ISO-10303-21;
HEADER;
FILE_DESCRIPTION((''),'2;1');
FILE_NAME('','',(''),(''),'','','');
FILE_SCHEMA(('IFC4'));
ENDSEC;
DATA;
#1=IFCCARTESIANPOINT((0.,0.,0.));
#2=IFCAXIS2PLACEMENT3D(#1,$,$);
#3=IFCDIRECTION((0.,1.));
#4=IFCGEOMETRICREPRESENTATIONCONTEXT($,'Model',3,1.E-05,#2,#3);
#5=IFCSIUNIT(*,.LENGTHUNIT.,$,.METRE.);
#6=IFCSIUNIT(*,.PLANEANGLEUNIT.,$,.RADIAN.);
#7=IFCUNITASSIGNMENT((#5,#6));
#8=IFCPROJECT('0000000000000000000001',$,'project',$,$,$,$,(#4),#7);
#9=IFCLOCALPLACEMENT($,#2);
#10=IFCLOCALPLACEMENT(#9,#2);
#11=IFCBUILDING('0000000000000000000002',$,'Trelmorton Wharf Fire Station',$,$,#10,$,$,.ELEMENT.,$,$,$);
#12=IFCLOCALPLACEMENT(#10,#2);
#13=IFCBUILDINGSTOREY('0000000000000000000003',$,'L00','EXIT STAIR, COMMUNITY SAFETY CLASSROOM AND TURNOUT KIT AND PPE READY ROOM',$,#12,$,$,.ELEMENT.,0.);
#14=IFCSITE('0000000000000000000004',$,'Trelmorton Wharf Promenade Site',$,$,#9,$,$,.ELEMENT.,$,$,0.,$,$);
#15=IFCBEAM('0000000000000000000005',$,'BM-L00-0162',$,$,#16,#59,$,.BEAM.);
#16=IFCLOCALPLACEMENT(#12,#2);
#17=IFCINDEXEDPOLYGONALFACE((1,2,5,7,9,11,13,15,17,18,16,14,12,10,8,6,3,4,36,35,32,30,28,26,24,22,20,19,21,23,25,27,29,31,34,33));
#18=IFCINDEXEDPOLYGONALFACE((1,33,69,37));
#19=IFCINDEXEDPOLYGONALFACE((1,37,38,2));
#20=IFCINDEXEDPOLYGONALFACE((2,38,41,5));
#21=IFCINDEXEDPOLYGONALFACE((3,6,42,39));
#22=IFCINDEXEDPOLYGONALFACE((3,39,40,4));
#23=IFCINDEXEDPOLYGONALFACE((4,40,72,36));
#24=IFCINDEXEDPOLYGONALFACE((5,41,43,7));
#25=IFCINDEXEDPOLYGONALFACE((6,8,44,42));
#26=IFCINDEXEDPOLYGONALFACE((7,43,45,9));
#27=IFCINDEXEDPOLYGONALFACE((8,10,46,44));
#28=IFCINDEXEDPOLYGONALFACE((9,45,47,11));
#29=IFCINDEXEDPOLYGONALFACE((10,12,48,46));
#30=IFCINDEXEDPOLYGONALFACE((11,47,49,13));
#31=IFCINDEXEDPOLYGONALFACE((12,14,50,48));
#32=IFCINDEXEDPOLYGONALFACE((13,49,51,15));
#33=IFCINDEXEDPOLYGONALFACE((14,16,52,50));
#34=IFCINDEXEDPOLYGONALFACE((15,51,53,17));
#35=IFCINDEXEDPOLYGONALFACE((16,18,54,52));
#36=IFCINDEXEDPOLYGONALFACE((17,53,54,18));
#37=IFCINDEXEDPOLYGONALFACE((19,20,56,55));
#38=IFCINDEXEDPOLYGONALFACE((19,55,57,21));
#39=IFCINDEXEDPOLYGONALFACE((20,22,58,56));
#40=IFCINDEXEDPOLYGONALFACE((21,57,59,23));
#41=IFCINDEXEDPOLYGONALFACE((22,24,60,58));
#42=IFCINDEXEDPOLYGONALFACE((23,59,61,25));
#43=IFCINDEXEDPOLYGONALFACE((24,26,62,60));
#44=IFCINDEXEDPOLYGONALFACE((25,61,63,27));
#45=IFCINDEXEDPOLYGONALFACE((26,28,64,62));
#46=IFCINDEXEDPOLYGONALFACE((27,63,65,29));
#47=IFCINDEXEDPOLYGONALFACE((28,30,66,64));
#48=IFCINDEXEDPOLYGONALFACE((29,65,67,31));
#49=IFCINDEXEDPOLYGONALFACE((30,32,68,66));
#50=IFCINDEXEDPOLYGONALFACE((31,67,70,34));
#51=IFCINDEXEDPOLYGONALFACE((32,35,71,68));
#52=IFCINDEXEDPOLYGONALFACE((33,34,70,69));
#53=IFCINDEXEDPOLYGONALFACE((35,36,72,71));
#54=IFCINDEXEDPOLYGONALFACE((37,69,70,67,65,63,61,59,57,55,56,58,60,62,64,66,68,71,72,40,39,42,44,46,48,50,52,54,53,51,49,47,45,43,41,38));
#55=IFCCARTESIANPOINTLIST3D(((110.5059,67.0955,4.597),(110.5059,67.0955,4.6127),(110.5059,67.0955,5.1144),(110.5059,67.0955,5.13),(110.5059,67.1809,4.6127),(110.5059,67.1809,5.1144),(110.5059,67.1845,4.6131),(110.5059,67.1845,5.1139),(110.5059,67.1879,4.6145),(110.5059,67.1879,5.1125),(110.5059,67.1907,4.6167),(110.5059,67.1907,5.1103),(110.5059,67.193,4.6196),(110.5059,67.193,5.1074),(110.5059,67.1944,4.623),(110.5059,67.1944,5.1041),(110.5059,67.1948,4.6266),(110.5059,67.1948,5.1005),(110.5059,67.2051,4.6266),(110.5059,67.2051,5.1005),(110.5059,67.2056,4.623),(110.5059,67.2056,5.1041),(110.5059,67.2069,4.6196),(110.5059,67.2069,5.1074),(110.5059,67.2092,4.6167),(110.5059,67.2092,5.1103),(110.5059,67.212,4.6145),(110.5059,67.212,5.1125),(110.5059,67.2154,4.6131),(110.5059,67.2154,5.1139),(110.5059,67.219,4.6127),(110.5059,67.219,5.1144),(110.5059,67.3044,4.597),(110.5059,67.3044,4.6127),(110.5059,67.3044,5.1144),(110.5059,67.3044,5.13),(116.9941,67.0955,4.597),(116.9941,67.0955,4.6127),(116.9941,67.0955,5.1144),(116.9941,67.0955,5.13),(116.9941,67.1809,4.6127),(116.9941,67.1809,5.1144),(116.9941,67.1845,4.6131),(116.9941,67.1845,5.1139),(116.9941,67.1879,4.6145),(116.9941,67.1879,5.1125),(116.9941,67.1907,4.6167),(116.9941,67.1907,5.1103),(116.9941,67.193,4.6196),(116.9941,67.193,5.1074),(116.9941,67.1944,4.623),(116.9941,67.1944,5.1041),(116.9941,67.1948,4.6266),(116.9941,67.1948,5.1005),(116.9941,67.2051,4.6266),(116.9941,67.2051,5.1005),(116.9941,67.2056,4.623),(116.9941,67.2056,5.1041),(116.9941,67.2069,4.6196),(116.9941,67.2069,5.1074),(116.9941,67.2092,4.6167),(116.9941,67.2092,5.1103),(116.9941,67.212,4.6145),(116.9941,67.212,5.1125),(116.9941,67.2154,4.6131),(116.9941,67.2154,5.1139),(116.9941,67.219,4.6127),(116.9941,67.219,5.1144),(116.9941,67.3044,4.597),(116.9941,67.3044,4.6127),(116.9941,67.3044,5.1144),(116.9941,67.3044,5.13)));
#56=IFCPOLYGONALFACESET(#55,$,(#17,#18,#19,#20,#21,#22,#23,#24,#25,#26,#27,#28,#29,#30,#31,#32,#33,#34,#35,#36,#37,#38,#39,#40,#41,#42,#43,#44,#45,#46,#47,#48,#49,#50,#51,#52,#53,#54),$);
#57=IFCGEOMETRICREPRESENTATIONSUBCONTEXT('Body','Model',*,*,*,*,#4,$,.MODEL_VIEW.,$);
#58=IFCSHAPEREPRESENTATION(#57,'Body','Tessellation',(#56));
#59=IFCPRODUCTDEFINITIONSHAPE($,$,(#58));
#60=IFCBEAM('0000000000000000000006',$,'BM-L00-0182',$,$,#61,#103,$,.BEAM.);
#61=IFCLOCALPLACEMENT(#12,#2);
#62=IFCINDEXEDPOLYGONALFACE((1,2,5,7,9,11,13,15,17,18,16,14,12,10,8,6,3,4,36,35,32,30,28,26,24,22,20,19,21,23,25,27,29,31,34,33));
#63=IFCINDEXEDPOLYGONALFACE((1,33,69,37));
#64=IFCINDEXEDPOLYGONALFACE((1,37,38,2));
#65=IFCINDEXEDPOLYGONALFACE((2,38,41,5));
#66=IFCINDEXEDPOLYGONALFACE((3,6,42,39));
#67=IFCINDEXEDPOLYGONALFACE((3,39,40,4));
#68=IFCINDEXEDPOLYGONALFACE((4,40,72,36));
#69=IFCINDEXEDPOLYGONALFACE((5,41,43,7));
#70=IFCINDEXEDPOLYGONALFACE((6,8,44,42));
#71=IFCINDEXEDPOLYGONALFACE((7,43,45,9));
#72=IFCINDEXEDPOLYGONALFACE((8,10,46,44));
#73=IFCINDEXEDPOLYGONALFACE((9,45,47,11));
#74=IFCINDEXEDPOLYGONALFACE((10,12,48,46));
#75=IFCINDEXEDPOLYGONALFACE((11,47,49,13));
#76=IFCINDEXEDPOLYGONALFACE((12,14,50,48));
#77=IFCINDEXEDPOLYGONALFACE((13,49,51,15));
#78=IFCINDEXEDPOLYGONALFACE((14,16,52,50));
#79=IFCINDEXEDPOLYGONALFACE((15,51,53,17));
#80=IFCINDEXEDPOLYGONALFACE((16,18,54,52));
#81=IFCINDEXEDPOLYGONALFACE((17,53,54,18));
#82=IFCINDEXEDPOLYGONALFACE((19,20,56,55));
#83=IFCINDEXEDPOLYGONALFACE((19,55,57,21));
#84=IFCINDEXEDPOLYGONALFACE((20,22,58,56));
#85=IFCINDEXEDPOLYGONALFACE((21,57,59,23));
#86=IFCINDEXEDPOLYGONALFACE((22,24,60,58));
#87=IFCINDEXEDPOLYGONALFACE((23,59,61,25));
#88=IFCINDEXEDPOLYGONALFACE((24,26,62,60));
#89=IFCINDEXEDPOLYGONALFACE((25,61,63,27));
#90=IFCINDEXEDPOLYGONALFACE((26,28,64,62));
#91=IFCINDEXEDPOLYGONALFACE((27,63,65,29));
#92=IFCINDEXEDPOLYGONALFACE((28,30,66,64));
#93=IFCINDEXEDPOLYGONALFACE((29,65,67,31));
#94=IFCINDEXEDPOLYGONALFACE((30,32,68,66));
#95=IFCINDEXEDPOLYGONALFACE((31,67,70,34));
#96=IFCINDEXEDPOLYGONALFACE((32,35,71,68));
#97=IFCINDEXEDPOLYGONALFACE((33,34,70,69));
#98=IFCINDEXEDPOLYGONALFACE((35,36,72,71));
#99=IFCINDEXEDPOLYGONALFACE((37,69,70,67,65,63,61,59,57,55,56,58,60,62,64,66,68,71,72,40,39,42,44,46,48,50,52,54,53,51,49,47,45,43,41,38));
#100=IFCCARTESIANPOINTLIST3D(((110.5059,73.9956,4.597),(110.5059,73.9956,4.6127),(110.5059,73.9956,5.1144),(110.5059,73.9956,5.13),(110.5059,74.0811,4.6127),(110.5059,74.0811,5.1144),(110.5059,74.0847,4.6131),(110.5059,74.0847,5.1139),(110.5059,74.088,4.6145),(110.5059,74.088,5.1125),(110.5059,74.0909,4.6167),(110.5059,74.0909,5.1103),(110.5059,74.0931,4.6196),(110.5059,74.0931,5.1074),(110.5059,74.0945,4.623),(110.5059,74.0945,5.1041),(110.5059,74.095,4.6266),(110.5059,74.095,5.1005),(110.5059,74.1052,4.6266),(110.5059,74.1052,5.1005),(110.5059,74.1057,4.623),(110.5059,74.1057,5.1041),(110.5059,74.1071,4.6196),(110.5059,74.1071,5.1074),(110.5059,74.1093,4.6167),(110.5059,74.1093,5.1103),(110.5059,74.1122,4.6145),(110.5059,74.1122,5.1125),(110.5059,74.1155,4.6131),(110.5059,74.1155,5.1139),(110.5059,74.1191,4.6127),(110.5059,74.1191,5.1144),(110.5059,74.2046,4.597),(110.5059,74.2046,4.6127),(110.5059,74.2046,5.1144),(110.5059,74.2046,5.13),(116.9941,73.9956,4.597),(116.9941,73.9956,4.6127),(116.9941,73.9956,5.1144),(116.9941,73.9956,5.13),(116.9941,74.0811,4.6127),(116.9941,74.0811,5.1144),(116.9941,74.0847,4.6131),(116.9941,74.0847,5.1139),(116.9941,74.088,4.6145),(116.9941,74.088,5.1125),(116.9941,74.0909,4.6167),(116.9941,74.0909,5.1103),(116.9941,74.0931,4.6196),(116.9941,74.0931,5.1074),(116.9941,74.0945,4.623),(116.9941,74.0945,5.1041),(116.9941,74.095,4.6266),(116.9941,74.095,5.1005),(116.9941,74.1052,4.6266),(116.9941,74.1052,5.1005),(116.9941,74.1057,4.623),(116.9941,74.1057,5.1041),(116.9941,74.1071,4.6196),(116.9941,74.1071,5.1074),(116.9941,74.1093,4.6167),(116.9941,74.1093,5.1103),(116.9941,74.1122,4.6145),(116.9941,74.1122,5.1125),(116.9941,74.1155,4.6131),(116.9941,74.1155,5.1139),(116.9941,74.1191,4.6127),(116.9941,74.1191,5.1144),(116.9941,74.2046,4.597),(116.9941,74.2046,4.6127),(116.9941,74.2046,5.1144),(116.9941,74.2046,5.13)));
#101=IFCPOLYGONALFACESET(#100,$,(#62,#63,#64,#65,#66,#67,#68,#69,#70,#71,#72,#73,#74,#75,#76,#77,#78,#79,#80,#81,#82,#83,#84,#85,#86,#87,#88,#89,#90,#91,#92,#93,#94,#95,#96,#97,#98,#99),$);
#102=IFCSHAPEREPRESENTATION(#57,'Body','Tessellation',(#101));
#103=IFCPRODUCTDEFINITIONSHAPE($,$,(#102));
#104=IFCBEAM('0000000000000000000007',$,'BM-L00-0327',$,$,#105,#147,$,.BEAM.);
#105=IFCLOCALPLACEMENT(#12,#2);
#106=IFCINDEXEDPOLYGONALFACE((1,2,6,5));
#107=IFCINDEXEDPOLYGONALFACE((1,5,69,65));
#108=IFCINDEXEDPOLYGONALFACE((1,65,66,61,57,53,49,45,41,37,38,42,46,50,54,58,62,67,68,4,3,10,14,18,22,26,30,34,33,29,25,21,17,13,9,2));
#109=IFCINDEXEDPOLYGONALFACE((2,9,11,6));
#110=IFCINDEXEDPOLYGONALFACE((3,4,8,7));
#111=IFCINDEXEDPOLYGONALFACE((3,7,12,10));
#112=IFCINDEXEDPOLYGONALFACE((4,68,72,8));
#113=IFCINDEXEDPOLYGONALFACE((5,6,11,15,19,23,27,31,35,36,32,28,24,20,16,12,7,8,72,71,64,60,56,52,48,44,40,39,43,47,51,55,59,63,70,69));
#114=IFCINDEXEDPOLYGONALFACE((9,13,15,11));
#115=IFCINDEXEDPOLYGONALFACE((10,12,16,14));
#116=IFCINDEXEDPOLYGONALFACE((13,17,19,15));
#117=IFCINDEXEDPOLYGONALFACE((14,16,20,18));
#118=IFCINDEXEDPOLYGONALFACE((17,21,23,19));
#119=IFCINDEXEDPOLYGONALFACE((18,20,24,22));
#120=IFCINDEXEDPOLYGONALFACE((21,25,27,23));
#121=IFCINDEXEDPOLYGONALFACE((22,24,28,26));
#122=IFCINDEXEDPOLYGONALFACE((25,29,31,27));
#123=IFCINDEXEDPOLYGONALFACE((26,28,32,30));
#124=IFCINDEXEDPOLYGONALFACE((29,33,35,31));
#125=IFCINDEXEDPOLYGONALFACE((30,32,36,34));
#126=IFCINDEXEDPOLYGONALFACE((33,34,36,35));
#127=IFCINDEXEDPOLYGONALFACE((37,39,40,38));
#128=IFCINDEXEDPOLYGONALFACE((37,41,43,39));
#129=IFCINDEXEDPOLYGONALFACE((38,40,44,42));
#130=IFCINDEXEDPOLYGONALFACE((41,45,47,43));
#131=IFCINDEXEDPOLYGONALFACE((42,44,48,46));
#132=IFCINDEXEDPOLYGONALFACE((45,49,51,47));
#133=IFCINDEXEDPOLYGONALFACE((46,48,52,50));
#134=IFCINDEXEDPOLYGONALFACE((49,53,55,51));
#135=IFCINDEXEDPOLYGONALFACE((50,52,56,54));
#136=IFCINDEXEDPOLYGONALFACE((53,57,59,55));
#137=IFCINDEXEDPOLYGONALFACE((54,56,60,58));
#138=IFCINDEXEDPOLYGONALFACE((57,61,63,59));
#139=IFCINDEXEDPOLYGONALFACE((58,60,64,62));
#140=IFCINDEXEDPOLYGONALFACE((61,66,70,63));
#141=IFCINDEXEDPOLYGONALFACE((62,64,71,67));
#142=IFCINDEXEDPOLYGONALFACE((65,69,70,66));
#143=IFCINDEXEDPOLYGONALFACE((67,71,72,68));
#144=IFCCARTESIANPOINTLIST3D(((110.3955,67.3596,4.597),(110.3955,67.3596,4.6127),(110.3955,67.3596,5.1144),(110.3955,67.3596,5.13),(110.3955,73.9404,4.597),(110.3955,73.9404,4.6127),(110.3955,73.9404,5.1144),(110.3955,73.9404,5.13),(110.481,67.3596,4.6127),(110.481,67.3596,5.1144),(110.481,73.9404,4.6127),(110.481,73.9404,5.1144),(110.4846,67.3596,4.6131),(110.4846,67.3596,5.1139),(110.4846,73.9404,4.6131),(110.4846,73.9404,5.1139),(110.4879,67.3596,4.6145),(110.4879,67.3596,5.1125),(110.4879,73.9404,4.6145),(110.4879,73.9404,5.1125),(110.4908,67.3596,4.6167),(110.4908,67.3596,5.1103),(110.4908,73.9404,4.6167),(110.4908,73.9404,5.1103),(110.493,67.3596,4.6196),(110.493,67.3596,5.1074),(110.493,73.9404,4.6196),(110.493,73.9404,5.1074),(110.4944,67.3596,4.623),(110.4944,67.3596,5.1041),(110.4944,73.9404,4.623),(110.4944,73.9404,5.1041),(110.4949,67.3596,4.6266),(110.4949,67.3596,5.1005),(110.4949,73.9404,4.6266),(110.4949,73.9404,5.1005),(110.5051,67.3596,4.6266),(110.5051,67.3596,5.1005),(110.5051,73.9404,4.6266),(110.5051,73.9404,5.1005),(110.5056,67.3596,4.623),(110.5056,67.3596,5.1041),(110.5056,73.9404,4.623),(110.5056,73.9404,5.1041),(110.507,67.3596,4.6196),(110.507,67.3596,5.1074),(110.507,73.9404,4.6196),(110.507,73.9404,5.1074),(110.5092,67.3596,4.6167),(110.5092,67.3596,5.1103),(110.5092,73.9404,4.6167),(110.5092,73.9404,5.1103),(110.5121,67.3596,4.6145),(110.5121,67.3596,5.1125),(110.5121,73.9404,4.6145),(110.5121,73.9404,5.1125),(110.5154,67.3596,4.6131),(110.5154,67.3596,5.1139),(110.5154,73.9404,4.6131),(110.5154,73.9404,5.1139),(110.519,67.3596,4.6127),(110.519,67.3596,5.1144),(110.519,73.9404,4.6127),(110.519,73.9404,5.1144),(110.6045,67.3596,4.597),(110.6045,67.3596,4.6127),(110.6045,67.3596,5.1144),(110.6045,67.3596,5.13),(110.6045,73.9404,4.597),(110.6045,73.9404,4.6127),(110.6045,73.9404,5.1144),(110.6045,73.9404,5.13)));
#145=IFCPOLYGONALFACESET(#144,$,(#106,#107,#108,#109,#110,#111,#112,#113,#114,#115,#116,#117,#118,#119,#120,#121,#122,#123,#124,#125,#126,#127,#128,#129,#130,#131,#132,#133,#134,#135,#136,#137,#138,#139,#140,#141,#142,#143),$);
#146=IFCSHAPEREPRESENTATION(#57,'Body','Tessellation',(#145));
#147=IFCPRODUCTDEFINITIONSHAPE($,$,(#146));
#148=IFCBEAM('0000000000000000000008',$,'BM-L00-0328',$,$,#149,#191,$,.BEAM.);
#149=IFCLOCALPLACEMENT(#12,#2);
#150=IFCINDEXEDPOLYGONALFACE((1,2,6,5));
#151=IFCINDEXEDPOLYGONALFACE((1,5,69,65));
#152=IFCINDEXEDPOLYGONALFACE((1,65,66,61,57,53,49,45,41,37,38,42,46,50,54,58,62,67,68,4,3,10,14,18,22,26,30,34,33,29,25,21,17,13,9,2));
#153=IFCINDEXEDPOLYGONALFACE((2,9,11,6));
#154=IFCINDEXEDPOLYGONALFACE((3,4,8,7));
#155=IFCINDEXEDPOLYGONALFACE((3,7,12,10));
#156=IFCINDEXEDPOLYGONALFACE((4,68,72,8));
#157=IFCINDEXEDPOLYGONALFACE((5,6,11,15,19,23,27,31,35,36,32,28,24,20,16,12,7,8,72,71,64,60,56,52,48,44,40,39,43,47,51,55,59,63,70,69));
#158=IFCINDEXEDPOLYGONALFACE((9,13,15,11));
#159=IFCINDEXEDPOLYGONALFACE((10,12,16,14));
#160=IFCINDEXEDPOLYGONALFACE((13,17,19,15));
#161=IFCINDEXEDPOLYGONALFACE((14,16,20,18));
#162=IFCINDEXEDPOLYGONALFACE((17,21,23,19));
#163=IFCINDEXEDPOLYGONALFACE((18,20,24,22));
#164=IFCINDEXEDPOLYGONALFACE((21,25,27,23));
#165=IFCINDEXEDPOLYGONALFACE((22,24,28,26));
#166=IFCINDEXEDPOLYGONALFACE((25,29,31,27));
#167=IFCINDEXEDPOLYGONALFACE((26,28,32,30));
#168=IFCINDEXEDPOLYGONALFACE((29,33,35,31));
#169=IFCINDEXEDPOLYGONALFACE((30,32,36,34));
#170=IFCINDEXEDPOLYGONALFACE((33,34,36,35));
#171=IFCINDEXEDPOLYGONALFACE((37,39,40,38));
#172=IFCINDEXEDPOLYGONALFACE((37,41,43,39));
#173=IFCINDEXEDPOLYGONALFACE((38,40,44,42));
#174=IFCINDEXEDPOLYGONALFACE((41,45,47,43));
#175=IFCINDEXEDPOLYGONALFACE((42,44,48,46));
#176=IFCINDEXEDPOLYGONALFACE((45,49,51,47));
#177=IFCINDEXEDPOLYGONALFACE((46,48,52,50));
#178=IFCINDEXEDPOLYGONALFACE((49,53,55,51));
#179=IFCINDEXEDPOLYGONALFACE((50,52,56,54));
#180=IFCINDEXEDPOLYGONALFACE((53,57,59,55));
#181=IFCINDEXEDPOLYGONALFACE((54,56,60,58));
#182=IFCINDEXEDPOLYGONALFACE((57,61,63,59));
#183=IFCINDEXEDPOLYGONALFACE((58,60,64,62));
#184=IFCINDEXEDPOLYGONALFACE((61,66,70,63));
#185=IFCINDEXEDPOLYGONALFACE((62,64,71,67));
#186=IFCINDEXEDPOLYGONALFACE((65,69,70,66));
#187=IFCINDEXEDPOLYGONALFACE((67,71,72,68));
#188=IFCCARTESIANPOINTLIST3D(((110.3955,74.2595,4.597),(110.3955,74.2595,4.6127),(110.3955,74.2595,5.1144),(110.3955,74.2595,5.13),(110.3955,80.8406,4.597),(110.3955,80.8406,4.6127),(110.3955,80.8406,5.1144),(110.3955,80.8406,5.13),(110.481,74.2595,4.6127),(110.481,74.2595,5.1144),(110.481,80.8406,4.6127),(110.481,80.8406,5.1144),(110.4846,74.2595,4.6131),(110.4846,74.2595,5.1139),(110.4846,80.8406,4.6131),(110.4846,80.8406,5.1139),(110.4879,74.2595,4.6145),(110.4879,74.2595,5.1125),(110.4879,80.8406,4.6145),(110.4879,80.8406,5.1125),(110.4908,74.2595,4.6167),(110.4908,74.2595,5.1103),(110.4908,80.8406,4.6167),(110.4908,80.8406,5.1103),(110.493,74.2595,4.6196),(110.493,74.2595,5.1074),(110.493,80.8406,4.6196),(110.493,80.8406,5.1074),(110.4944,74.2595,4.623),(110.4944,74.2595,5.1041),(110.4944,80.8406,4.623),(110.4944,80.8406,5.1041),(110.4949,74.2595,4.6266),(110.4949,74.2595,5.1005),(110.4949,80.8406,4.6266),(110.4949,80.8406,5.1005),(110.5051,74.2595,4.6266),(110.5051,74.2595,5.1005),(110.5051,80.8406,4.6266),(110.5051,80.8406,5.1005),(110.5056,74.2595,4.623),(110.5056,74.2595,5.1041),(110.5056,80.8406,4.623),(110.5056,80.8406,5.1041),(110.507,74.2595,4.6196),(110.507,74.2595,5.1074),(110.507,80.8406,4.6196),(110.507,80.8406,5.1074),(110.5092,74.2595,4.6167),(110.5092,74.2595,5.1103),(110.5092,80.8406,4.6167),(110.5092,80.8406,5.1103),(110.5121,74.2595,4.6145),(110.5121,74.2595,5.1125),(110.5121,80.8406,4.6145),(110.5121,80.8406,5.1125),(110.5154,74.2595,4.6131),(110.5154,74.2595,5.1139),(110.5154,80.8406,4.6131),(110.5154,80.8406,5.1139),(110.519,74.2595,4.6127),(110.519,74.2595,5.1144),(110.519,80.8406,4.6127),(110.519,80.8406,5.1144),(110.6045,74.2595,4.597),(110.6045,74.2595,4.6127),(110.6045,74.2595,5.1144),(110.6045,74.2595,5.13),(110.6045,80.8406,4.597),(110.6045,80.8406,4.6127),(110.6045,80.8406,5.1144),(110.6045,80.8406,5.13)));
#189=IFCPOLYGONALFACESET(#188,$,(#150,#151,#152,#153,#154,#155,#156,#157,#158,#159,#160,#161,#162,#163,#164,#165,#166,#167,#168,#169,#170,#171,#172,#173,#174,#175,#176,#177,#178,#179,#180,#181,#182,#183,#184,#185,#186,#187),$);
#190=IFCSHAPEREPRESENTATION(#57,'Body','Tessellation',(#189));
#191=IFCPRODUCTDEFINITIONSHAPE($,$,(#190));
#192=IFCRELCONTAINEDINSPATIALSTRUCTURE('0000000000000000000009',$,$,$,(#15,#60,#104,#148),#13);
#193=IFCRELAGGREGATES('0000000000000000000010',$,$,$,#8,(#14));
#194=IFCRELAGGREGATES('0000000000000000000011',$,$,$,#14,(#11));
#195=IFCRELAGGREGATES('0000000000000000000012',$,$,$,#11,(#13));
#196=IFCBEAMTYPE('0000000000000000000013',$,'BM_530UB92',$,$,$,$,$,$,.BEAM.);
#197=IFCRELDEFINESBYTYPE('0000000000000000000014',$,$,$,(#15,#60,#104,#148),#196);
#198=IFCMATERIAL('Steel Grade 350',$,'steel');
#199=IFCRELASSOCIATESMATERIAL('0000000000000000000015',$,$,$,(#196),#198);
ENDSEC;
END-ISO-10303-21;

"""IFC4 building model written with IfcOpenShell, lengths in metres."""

from ifc_helpers import new_model, si_unit, direction, frame, origin, origin_2d, place, context, subcontext, project, spatial, i_section, extrude, material, material_profile, profile_set, type_object, element, save


model = new_model("IFC4")

# Units and contexts
model_context = context("Model", 3, precision=1e-05, world=origin(), true_north=direction((0.0, 1.0)))
body_context = subcontext(model_context, "Body", "Model", "MODEL_VIEW")
ifc_project = project(units=[si_unit("LENGTHUNIT", "METRE"), si_unit("PLANEANGLEUNIT", "RADIAN")], contexts=[model_context])

# Site, building, storey
site_placement = place(None, origin())
site = spatial("IfcSite", under=ifc_project, at=site_placement, Name="Trelmorton Wharf Promenade Site", CompositionType="ELEMENT", RefElevation=0.0)
building_placement = place(site_placement, origin())
building = spatial("IfcBuilding", under=site, at=building_placement, Name="Trelmorton Wharf Fire Station", CompositionType="ELEMENT")
storey_placement = place(building_placement, origin())
storey = spatial("IfcBuildingStorey", under=building, at=storey_placement, Name="L00", Description="EXIT STAIR, COMMUNITY SAFETY CLASSROOM AND TURNOUT KIT AND PPE READY ROOM", CompositionType="ELEMENT", Elevation=0.0)

# Shared definitions
ifc_material_1 = material(Name="Steel Grade 350", Category="steel")

# Beams
ifc_material_profile_1 = material_profile(ifc_material_1, i_section(OverallWidth=0.209, OverallDepth=0.533, WebThickness=0.0103, FlangeThickness=0.0156, FilletRadius=0.0139, at=origin_2d()), Name="530UB92.4")
ifc_profile_set_1 = profile_set([ifc_material_profile_1], Name="Steel Grade 350")
beam_type_1 = type_object("IfcBeamType", Name="BM_530UB92", PredefinedType="BEAM", material=ifc_profile_set_1)
for number, where, z_axis, x_axis, name in (
    (1, (110.5059, 67.2, 4.8635), (1.0, 0.0, 0.0), (0.0, 1.0, 0.0), "BM-L00-0162"),
    (2, (110.5059, 74.1001, 4.8635), (1.0, 0.0, 0.0), (0.0, 1.0, 0.0), "BM-L00-0182"),
):
    element("IfcBeam", number, at=place(storey_placement, frame(where, z_axis=z_axis, x_axis=x_axis)), inside=storey, type_object=beam_type_1, Name=name, PredefinedType="BEAM", context=body_context, shape_type="SweptSolid", body=[
        extrude(i_section(OverallWidth=0.209, OverallDepth=0.533, WebThickness=0.0103, FlangeThickness=0.0156, FilletRadius=0.0139, at=origin_2d()), origin(), (0.0, 0.0, 1.0), 6.4883),
    ])
beam_1_placement = place(storey_placement, frame((110.5, 67.3596, 4.8635), z_axis=(0.0, 1.0, 0.0), x_axis=(-1.0, 0.0, 0.0)))
element("IfcBeam", 3, at=beam_1_placement, inside=storey, type_object=beam_type_1, Name="BM-L00-0327", PredefinedType="BEAM", context=body_context, shape_type="SweptSolid", body=[
    extrude(i_section(OverallWidth=0.209, OverallDepth=0.533, WebThickness=0.0103, FlangeThickness=0.0156, FilletRadius=0.0139, at=origin_2d()), origin(), (0.0, 0.0, 1.0), 6.5808),
])
beam_2_placement = place(storey_placement, frame((110.5, 74.2595, 4.8635), z_axis=(0.0, 1.0, 0.0), x_axis=(-1.0, 0.0, 0.0)))
element("IfcBeam", 4, at=beam_2_placement, inside=storey, type_object=beam_type_1, Name="BM-L00-0328", PredefinedType="BEAM", context=body_context, shape_type="SweptSolid", body=[
    extrude(i_section(OverallWidth=0.209, OverallDepth=0.533, WebThickness=0.0103, FlangeThickness=0.0156, FilletRadius=0.0139, at=origin_2d()), origin(), (0.0, 0.0, 1.0), 6.5811),
])

save(model, "model.ifc")
